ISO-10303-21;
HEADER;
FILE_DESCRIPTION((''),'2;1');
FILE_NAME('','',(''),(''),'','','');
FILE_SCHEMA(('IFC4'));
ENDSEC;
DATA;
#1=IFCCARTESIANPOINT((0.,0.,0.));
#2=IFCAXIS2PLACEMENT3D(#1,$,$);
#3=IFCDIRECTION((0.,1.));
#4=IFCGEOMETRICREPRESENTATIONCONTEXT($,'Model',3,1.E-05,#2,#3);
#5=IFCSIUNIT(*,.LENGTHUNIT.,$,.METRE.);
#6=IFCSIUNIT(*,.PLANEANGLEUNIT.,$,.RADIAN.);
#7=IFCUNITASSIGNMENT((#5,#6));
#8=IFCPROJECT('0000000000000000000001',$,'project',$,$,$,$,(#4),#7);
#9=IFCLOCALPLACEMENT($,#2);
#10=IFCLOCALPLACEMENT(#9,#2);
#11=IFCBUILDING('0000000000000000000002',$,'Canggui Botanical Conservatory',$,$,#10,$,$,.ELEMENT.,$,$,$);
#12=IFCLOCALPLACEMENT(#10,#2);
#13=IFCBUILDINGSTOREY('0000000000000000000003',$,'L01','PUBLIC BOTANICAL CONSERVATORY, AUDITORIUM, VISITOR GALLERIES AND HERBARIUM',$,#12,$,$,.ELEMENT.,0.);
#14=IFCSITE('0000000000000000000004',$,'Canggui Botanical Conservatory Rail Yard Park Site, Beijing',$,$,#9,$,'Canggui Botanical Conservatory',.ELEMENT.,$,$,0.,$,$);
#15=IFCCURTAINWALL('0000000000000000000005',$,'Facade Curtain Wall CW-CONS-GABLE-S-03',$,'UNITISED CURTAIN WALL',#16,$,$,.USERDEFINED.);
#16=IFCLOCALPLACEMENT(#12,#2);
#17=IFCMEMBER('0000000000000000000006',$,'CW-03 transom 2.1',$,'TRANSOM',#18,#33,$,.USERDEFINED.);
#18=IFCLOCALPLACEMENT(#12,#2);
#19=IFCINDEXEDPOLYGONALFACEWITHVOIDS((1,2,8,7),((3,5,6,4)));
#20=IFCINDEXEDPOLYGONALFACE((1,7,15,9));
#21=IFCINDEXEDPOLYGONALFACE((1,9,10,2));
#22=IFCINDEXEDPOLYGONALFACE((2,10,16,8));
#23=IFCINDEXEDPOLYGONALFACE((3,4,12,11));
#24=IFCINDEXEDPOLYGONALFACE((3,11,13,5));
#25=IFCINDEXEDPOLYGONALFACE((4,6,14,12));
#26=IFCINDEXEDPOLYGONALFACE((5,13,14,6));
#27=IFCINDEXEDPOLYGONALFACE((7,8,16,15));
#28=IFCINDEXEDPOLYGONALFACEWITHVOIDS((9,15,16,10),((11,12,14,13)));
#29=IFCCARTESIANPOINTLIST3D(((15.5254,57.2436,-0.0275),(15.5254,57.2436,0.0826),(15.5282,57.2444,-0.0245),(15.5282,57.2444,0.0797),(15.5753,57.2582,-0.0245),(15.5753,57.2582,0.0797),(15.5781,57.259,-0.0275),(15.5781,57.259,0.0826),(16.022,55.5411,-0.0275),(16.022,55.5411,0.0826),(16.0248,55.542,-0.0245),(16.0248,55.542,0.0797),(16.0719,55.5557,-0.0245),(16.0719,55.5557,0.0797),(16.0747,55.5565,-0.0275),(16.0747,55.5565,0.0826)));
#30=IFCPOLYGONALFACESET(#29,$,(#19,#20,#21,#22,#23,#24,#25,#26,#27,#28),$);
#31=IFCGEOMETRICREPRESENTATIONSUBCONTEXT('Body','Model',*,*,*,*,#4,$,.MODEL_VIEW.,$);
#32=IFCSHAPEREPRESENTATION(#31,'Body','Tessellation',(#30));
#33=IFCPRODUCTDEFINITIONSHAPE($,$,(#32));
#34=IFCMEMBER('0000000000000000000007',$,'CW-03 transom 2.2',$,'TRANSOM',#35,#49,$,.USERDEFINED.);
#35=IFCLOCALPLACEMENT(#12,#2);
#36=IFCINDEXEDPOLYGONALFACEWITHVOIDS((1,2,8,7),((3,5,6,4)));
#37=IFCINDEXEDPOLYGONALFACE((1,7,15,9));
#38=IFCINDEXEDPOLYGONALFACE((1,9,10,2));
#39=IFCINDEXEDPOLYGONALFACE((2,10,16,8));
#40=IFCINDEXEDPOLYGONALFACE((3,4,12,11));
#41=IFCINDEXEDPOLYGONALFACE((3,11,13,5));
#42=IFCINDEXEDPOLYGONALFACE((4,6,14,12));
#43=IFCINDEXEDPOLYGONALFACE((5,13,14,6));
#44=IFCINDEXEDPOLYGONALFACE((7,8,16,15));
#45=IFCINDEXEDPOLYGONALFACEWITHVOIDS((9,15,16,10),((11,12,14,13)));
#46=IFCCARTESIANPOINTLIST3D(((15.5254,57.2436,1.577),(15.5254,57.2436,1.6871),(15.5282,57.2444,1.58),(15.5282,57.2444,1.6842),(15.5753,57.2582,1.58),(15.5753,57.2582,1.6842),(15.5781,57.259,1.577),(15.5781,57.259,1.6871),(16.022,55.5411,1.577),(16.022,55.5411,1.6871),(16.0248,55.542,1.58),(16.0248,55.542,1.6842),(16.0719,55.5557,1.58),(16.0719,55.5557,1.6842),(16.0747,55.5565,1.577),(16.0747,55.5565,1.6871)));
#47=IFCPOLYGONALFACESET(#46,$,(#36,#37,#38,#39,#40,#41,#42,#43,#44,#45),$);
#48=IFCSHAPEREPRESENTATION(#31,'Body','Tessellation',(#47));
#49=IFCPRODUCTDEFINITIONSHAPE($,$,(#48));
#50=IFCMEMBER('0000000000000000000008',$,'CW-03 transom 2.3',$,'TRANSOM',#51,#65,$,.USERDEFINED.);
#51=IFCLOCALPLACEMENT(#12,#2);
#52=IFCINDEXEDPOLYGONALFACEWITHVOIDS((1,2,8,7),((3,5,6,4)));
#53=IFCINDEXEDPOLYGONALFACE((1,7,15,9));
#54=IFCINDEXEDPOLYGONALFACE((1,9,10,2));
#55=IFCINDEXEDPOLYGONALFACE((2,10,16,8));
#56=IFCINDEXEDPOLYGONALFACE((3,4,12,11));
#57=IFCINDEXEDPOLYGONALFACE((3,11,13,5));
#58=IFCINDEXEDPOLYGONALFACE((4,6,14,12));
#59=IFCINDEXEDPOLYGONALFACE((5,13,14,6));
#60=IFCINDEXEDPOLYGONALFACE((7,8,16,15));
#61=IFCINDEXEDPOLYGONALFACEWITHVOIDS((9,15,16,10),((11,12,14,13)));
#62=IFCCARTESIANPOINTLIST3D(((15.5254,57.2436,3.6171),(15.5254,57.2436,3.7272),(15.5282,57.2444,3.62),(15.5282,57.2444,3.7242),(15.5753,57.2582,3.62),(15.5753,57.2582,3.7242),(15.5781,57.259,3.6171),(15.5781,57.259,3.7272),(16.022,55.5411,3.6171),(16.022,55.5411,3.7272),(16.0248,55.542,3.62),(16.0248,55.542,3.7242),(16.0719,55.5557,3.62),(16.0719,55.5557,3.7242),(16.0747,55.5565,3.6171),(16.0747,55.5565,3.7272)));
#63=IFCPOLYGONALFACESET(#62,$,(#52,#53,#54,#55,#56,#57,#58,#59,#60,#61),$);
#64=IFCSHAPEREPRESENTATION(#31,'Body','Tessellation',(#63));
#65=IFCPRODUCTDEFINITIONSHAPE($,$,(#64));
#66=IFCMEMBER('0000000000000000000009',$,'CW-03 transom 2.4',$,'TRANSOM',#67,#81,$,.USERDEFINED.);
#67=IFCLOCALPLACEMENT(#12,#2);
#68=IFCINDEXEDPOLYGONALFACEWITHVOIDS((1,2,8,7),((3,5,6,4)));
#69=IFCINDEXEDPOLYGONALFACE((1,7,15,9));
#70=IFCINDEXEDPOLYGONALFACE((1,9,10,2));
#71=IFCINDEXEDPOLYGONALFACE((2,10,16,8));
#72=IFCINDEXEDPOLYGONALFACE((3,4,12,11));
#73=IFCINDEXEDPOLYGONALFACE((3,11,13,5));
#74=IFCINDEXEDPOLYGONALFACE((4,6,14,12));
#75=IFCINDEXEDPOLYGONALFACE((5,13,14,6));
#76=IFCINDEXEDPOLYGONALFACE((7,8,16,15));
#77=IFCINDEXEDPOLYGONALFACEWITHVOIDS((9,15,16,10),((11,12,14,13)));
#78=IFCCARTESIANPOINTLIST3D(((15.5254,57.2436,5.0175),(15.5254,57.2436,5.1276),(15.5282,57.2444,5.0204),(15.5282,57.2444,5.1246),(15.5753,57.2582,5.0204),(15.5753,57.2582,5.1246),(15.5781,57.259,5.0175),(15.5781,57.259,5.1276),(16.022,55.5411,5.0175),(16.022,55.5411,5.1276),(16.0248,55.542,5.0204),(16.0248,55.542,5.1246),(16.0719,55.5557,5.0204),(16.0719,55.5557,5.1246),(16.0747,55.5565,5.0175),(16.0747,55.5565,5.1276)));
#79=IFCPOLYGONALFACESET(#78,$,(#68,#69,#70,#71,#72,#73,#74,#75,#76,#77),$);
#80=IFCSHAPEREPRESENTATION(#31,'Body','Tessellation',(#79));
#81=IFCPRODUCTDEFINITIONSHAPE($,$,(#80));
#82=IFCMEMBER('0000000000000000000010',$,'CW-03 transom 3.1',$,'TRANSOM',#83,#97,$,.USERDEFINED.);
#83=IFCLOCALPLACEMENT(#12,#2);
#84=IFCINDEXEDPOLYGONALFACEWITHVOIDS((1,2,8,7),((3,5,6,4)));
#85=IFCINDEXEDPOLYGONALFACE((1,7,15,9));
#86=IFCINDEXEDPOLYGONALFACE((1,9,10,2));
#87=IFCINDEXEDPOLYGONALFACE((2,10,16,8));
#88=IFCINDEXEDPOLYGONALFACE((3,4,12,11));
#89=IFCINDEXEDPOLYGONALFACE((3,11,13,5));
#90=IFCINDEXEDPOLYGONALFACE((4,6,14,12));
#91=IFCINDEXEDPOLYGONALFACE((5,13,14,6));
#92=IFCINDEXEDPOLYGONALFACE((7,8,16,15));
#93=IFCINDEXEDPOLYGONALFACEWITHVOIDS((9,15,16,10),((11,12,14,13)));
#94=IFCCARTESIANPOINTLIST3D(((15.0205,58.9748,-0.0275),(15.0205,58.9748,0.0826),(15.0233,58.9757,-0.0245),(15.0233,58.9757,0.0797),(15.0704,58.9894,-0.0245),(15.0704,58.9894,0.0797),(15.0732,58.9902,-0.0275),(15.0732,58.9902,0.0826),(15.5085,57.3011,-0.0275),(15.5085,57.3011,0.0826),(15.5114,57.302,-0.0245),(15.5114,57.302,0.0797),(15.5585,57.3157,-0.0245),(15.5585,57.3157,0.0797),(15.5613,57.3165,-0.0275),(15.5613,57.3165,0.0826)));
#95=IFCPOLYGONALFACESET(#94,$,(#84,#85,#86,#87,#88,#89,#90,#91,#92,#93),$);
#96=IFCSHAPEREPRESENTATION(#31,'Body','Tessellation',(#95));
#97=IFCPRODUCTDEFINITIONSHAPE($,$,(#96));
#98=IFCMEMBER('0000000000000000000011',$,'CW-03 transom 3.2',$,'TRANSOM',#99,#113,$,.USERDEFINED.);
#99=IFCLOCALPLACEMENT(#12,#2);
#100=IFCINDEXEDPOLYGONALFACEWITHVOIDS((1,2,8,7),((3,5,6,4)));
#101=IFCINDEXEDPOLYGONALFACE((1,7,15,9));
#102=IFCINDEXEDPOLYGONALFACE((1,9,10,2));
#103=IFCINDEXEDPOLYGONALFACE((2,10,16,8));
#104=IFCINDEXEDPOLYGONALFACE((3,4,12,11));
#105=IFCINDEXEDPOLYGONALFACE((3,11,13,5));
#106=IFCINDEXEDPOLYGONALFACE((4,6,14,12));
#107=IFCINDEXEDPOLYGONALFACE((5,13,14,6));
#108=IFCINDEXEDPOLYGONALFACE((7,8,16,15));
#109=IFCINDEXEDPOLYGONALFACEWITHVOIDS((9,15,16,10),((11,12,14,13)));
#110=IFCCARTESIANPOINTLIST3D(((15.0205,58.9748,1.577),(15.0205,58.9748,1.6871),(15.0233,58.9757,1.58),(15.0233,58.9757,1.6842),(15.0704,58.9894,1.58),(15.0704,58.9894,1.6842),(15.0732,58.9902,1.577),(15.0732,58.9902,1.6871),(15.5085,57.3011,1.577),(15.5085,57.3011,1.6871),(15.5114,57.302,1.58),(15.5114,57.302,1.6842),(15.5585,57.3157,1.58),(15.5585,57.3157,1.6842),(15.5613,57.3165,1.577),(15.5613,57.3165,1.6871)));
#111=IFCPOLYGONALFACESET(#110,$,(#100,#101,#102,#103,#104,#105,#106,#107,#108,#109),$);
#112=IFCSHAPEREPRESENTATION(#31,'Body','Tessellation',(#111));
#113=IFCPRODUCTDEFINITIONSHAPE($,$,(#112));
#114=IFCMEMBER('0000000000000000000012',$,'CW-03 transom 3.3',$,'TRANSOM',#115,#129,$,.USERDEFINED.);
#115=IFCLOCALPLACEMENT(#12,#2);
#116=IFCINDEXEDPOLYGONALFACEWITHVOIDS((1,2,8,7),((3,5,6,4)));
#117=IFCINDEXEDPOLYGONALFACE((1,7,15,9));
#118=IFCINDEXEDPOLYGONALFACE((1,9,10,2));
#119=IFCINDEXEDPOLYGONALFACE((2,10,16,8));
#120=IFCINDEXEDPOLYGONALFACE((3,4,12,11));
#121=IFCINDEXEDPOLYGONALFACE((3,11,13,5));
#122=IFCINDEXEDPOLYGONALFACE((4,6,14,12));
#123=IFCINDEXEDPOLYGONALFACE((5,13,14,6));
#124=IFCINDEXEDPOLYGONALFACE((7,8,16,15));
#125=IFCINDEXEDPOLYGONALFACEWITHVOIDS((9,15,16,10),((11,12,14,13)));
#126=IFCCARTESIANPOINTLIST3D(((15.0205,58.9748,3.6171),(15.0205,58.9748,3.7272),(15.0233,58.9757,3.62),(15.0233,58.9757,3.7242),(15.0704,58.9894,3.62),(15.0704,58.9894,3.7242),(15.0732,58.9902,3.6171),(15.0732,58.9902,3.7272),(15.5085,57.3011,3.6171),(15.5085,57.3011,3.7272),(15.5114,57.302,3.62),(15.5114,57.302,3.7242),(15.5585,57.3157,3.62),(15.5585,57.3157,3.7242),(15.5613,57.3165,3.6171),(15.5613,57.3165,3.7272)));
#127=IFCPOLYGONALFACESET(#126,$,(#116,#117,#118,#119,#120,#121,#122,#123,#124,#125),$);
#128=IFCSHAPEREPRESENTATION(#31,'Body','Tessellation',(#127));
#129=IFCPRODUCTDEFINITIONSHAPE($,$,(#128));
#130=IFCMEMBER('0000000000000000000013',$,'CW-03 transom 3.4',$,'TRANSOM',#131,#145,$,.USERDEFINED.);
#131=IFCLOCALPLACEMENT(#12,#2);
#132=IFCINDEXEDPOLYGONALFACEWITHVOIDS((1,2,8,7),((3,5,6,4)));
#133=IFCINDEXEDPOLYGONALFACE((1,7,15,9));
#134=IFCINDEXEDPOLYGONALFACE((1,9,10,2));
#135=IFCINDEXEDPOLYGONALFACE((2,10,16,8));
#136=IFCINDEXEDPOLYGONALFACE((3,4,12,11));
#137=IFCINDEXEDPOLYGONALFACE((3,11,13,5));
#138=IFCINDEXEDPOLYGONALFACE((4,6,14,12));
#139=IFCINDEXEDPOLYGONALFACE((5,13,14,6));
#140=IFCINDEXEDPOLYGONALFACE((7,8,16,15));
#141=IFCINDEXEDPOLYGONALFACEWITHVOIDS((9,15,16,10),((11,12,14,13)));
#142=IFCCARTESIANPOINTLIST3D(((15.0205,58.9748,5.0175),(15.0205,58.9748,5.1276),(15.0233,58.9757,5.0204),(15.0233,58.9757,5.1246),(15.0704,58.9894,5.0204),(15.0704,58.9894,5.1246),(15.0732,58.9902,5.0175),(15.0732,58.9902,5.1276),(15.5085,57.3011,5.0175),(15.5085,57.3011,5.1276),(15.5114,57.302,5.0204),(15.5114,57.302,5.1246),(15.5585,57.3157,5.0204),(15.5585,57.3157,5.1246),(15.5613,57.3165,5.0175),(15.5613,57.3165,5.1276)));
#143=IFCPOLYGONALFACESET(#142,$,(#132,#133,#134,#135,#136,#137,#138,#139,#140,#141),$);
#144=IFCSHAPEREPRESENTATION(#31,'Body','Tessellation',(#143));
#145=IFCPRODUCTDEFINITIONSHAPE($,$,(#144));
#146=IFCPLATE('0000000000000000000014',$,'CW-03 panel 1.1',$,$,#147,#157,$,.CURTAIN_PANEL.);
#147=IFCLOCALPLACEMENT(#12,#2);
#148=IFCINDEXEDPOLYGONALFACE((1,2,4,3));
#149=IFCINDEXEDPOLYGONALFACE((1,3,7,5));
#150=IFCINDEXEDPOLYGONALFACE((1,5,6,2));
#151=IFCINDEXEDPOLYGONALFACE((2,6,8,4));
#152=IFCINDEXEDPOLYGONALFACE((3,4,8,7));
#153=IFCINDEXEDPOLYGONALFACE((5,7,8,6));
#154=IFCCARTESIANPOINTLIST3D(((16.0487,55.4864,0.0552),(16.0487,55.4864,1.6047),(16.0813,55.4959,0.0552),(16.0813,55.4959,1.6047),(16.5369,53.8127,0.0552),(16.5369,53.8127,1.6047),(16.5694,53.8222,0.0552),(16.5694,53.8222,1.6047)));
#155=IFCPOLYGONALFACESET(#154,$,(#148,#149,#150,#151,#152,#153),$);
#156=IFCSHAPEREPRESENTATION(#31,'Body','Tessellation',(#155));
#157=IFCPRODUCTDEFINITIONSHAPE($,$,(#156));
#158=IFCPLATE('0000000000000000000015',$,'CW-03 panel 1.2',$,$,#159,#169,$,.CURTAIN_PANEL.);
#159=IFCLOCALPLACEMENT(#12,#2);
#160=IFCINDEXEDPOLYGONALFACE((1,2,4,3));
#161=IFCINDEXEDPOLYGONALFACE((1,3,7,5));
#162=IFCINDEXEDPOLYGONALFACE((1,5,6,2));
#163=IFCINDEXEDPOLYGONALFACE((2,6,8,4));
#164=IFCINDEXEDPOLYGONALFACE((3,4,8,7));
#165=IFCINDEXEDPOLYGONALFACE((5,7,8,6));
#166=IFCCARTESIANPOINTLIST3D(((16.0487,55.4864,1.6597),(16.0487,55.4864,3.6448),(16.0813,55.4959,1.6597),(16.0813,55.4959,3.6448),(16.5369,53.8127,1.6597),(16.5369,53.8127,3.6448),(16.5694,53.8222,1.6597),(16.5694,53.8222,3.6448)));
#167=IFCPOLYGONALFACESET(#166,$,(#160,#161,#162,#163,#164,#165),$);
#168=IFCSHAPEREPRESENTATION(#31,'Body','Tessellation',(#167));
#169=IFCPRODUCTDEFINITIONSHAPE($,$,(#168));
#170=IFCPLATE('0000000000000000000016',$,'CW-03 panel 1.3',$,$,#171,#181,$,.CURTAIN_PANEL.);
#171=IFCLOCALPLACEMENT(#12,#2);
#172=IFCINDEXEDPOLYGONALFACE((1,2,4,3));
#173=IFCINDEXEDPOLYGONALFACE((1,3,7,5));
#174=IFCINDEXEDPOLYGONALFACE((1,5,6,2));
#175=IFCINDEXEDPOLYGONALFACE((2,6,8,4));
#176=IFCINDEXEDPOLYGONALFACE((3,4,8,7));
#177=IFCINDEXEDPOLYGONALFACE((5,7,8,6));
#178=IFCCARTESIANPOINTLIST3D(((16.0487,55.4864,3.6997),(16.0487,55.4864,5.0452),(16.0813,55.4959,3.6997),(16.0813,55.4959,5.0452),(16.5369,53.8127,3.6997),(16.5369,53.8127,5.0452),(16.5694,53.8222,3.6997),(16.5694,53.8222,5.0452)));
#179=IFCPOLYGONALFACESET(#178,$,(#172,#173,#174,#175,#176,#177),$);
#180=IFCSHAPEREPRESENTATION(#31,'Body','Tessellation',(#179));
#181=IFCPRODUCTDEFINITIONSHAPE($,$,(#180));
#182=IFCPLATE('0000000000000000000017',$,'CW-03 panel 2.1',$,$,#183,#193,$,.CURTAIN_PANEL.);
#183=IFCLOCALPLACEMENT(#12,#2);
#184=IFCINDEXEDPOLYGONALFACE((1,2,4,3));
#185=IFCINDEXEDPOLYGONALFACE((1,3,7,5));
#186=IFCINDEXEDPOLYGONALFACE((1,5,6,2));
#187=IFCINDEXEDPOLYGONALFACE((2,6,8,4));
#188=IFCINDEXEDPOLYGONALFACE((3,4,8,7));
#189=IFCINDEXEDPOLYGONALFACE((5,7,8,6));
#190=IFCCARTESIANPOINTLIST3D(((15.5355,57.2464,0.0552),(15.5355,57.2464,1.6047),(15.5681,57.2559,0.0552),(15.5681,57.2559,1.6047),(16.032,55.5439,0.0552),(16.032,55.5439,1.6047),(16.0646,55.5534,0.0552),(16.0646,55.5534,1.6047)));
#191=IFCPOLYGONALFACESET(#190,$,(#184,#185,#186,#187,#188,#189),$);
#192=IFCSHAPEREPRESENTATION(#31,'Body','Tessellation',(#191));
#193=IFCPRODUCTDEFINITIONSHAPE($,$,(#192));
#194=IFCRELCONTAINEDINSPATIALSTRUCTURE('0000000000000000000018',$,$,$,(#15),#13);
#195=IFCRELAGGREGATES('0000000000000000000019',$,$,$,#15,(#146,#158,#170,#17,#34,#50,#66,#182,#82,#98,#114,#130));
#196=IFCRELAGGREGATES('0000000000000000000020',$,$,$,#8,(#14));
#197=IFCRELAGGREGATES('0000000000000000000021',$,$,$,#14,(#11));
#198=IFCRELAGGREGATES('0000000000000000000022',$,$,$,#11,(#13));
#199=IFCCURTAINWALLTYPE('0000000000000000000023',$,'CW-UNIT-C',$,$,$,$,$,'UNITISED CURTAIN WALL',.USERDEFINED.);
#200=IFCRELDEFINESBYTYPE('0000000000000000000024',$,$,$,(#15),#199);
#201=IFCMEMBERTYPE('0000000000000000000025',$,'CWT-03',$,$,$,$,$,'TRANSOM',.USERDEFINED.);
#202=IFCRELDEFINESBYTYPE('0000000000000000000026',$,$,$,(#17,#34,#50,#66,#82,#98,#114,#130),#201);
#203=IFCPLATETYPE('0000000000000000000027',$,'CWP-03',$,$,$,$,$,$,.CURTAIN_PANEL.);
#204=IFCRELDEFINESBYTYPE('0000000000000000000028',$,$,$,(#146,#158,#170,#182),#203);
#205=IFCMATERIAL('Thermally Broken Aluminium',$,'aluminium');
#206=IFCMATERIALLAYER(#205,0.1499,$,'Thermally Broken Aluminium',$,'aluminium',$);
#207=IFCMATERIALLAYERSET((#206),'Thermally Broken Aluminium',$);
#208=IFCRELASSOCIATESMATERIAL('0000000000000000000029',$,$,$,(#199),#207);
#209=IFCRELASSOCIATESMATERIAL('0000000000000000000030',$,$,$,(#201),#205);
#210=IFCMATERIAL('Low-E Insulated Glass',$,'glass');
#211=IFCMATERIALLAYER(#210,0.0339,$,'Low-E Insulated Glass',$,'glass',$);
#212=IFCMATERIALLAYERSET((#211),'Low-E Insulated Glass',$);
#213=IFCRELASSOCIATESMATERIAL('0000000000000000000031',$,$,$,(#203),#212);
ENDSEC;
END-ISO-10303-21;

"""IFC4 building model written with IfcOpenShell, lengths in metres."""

from ifc_helpers import new_model, si_unit, direction, frame, origin, origin_2d, place, context, subcontext, project, spatial, rectangle, hollow_rectangle, extrude, material, layer, layer_set, material_profile, profile_set, type_object, element, aggregate, save


model = new_model("IFC4")

# Units and contexts
model_context = context("Model", 3, precision=1e-05, world=origin(), true_north=direction((0.0, 1.0)))
body_context = subcontext(model_context, "Body", "Model", "MODEL_VIEW")
ifc_project = project(units=[si_unit("LENGTHUNIT", "METRE"), si_unit("PLANEANGLEUNIT", "RADIAN")], contexts=[model_context])

# Site, building, storey
site_placement = place(None, origin())
site = spatial("IfcSite", under=ifc_project, at=site_placement, Name="Canggui Botanical Conservatory Rail Yard Park Site, Beijing", LongName="Canggui Botanical Conservatory", CompositionType="ELEMENT", RefElevation=0.0)
building_placement = place(site_placement, origin())
building = spatial("IfcBuilding", under=site, at=building_placement, Name="Canggui Botanical Conservatory", CompositionType="ELEMENT")
storey_placement = place(building_placement, origin())
storey = spatial("IfcBuildingStorey", under=building, at=storey_placement, Name="L01", Description="PUBLIC BOTANICAL CONSERVATORY, AUDITORIUM, VISITOR GALLERIES AND HERBARIUM", CompositionType="ELEMENT", Elevation=0.0)

# Shared definitions
ifc_material_1 = material(Name="Thermally Broken Aluminium", Category="aluminium")
ifc_layer_1 = layer(ifc_material_1, 0.1499, Name="Thermally Broken Aluminium", Category="aluminium")
ifc_layer_set_1 = layer_set([ifc_layer_1], Name="Thermally Broken Aluminium")
curtain_wall_type = type_object("IfcCurtainWallType", Name="CW-UNIT-C", ElementType="UNITISED CURTAIN WALL", PredefinedType="USERDEFINED", material=ifc_layer_set_1)

# Curtain wall, members, plates
curtain_wall_1_placement = place(storey_placement, origin())
curtain_wall_1 = element("IfcCurtainWall", 1, at=curtain_wall_1_placement, inside=storey, type_object=curtain_wall_type, Name="Facade Curtain Wall CW-CONS-GABLE-S-03", ObjectType="UNITISED CURTAIN WALL", PredefinedType="USERDEFINED")
ifc_material_profile_1 = material_profile(ifc_material_1, hollow_rectangle(XDim=0.0549, YDim=0.1101, WallThickness=0.0029, at=origin_2d()), Name="CWT 55x110x3")
ifc_profile_set_1 = profile_set([ifc_material_profile_1], Name="Thermally Broken Aluminium")
member_type_1 = type_object("IfcMemberType", Name="CWT-03", ElementType="TRANSOM", PredefinedType="USERDEFINED", material=ifc_profile_set_1)
member_1_placement = place(storey_placement, frame((16.0483, 55.5488, 0.0276), z_axis=(-0.280026, 0.959992, 0.0), x_axis=(-0.959992, -0.280026, 0.0)))
member_1 = element("IfcMember", 2, at=member_1_placement, type_object=member_type_1, Name="CW-03 transom 2.1", ObjectType="TRANSOM", PredefinedType="USERDEFINED", context=body_context, shape_type="SweptSolid", body=[
    extrude(hollow_rectangle(XDim=0.0549, YDim=0.1101, WallThickness=0.0029, at=origin_2d()), origin(), (0.0, 0.0, 1.0), 1.7734),
])
member_2_placement = place(storey_placement, frame((16.0483, 55.5488, 1.6321), z_axis=(-0.280026, 0.959992, 0.0), x_axis=(-0.959992, -0.280026, 0.0)))
member_2 = element("IfcMember", 3, at=member_2_placement, type_object=member_type_1, Name="CW-03 transom 2.2", ObjectType="TRANSOM", PredefinedType="USERDEFINED", context=body_context, shape_type="SweptSolid", body=[
    extrude(hollow_rectangle(XDim=0.0549, YDim=0.1101, WallThickness=0.0029, at=origin_2d()), origin(), (0.0, 0.0, 1.0), 1.7734),
])
member_3_placement = place(storey_placement, frame((16.0483, 55.5488, 3.6721), z_axis=(-0.280026, 0.959992, 0.0), x_axis=(-0.959992, -0.280026, 0.0)))
member_3 = element("IfcMember", 4, at=member_3_placement, type_object=member_type_1, Name="CW-03 transom 2.3", ObjectType="TRANSOM", PredefinedType="USERDEFINED", context=body_context, shape_type="SweptSolid", body=[
    extrude(hollow_rectangle(XDim=0.0549, YDim=0.1101, WallThickness=0.0029, at=origin_2d()), origin(), (0.0, 0.0, 1.0), 1.7734),
])
member_4_placement = place(storey_placement, frame((16.0483, 55.5488, 5.0725), z_axis=(-0.280026, 0.959992, 0.0), x_axis=(-0.959992, -0.280026, 0.0)))
member_4 = element("IfcMember", 5, at=member_4_placement, type_object=member_type_1, Name="CW-03 transom 2.4", ObjectType="TRANSOM", PredefinedType="USERDEFINED", context=body_context, shape_type="SweptSolid", body=[
    extrude(hollow_rectangle(XDim=0.0549, YDim=0.1101, WallThickness=0.0029, at=origin_2d()), origin(), (0.0, 0.0, 1.0), 1.7734),
])
member_5_placement = place(storey_placement, frame((15.5349, 57.3088, 0.0276), z_axis=(-0.279952, 0.960014, 0.0), x_axis=(-0.960014, -0.279952, 0.0)))
member_5 = element("IfcMember", 6, at=member_5_placement, type_object=member_type_1, Name="CW-03 transom 3.1", ObjectType="TRANSOM", PredefinedType="USERDEFINED", context=body_context, shape_type="SweptSolid", body=[
    extrude(hollow_rectangle(XDim=0.0549, YDim=0.1101, WallThickness=0.0029, at=origin_2d()), origin(), (0.0, 0.0, 1.0), 1.7434),
])
member_6_placement = place(storey_placement, frame((15.5349, 57.3088, 1.6321), z_axis=(-0.279952, 0.960014, 0.0), x_axis=(-0.960014, -0.279952, 0.0)))
member_6 = element("IfcMember", 7, at=member_6_placement, type_object=member_type_1, Name="CW-03 transom 3.2", ObjectType="TRANSOM", PredefinedType="USERDEFINED", context=body_context, shape_type="SweptSolid", body=[
    extrude(hollow_rectangle(XDim=0.0549, YDim=0.1101, WallThickness=0.0029, at=origin_2d()), origin(), (0.0, 0.0, 1.0), 1.7434),
])
member_7_placement = place(storey_placement, frame((15.5349, 57.3088, 3.6721), z_axis=(-0.279952, 0.960014, 0.0), x_axis=(-0.960014, -0.279952, 0.0)))
member_7 = element("IfcMember", 8, at=member_7_placement, type_object=member_type_1, Name="CW-03 transom 3.3", ObjectType="TRANSOM", PredefinedType="USERDEFINED", context=body_context, shape_type="SweptSolid", body=[
    extrude(hollow_rectangle(XDim=0.0549, YDim=0.1101, WallThickness=0.0029, at=origin_2d()), origin(), (0.0, 0.0, 1.0), 1.7434),
])
member_8_placement = place(storey_placement, frame((15.5349, 57.3088, 5.0725), z_axis=(-0.279952, 0.960014, 0.0), x_axis=(-0.960014, -0.279952, 0.0)))
member_8 = element("IfcMember", 9, at=member_8_placement, type_object=member_type_1, Name="CW-03 transom 3.4", ObjectType="TRANSOM", PredefinedType="USERDEFINED", context=body_context, shape_type="SweptSolid", body=[
    extrude(hollow_rectangle(XDim=0.0549, YDim=0.1101, WallThickness=0.0029, at=origin_2d()), origin(), (0.0, 0.0, 1.0), 1.7434),
])
ifc_material_2 = material(Name="Low-E Insulated Glass", Category="glass")
ifc_layer_2 = layer(ifc_material_2, 0.0339, Name="Low-E Insulated Glass", Category="glass")
ifc_layer_set_2 = layer_set([ifc_layer_2], Name="Low-E Insulated Glass")
plate_type = type_object("IfcPlateType", Name="CWP-03", PredefinedType="CURTAIN_PANEL", material=ifc_layer_set_2)
plate_1_placement = place(storey_placement, frame((16.3091, 54.6543, 0.0552), z_axis=(0.0, 0.0, 1.0), x_axis=(-0.28, 0.96, 0.0)))
plate_1 = element("IfcPlate", 10, at=plate_1_placement, type_object=plate_type, Name="CW-03 panel 1.1", PredefinedType="CURTAIN_PANEL", context=body_context, shape_type="SweptSolid", body=[
    extrude(rectangle(XDim=1.7434, YDim=0.0339, at=origin_2d()), origin(), (0.0, 0.0, 1.0), 1.5496),
])
plate_2_placement = place(storey_placement, frame((16.3091, 54.6543, 1.6597), z_axis=(0.0, 0.0, 1.0), x_axis=(-0.28, 0.96, 0.0)))
plate_2 = element("IfcPlate", 11, at=plate_2_placement, type_object=plate_type, Name="CW-03 panel 1.2", PredefinedType="CURTAIN_PANEL", context=body_context, shape_type="SweptSolid", body=[
    extrude(rectangle(XDim=1.7434, YDim=0.0339, at=origin_2d()), origin(), (0.0, 0.0, 1.0), 1.9851),
])
plate_3_placement = place(storey_placement, frame((16.3091, 54.6543, 3.6997), z_axis=(0.0, 0.0, 1.0), x_axis=(-0.28, 0.96, 0.0)))
plate_3 = element("IfcPlate", 12, at=plate_3_placement, type_object=plate_type, Name="CW-03 panel 1.3", PredefinedType="CURTAIN_PANEL", context=body_context, shape_type="SweptSolid", body=[
    extrude(rectangle(XDim=1.7434, YDim=0.0339, at=origin_2d()), origin(), (0.0, 0.0, 1.0), 1.3455),
])
plate_4_placement = place(storey_placement, frame((15.8, 56.3999, 0.0552), z_axis=(0.0, 0.0, 1.0), x_axis=(-0.28, 0.96, 0.0)))
plate_4 = element("IfcPlate", 13, at=plate_4_placement, type_object=plate_type, Name="CW-03 panel 2.1", PredefinedType="CURTAIN_PANEL", context=body_context, shape_type="SweptSolid", body=[
    extrude(rectangle(XDim=1.7734, YDim=0.0339, at=origin_2d()), origin(), (0.0, 0.0, 1.0), 1.5496),
])
aggregate(curtain_wall_1, [plate_1, plate_2, plate_3, member_1, member_2, member_3, member_4, plate_4, member_5, member_6, member_7, member_8])

save(model, "model.ifc")
